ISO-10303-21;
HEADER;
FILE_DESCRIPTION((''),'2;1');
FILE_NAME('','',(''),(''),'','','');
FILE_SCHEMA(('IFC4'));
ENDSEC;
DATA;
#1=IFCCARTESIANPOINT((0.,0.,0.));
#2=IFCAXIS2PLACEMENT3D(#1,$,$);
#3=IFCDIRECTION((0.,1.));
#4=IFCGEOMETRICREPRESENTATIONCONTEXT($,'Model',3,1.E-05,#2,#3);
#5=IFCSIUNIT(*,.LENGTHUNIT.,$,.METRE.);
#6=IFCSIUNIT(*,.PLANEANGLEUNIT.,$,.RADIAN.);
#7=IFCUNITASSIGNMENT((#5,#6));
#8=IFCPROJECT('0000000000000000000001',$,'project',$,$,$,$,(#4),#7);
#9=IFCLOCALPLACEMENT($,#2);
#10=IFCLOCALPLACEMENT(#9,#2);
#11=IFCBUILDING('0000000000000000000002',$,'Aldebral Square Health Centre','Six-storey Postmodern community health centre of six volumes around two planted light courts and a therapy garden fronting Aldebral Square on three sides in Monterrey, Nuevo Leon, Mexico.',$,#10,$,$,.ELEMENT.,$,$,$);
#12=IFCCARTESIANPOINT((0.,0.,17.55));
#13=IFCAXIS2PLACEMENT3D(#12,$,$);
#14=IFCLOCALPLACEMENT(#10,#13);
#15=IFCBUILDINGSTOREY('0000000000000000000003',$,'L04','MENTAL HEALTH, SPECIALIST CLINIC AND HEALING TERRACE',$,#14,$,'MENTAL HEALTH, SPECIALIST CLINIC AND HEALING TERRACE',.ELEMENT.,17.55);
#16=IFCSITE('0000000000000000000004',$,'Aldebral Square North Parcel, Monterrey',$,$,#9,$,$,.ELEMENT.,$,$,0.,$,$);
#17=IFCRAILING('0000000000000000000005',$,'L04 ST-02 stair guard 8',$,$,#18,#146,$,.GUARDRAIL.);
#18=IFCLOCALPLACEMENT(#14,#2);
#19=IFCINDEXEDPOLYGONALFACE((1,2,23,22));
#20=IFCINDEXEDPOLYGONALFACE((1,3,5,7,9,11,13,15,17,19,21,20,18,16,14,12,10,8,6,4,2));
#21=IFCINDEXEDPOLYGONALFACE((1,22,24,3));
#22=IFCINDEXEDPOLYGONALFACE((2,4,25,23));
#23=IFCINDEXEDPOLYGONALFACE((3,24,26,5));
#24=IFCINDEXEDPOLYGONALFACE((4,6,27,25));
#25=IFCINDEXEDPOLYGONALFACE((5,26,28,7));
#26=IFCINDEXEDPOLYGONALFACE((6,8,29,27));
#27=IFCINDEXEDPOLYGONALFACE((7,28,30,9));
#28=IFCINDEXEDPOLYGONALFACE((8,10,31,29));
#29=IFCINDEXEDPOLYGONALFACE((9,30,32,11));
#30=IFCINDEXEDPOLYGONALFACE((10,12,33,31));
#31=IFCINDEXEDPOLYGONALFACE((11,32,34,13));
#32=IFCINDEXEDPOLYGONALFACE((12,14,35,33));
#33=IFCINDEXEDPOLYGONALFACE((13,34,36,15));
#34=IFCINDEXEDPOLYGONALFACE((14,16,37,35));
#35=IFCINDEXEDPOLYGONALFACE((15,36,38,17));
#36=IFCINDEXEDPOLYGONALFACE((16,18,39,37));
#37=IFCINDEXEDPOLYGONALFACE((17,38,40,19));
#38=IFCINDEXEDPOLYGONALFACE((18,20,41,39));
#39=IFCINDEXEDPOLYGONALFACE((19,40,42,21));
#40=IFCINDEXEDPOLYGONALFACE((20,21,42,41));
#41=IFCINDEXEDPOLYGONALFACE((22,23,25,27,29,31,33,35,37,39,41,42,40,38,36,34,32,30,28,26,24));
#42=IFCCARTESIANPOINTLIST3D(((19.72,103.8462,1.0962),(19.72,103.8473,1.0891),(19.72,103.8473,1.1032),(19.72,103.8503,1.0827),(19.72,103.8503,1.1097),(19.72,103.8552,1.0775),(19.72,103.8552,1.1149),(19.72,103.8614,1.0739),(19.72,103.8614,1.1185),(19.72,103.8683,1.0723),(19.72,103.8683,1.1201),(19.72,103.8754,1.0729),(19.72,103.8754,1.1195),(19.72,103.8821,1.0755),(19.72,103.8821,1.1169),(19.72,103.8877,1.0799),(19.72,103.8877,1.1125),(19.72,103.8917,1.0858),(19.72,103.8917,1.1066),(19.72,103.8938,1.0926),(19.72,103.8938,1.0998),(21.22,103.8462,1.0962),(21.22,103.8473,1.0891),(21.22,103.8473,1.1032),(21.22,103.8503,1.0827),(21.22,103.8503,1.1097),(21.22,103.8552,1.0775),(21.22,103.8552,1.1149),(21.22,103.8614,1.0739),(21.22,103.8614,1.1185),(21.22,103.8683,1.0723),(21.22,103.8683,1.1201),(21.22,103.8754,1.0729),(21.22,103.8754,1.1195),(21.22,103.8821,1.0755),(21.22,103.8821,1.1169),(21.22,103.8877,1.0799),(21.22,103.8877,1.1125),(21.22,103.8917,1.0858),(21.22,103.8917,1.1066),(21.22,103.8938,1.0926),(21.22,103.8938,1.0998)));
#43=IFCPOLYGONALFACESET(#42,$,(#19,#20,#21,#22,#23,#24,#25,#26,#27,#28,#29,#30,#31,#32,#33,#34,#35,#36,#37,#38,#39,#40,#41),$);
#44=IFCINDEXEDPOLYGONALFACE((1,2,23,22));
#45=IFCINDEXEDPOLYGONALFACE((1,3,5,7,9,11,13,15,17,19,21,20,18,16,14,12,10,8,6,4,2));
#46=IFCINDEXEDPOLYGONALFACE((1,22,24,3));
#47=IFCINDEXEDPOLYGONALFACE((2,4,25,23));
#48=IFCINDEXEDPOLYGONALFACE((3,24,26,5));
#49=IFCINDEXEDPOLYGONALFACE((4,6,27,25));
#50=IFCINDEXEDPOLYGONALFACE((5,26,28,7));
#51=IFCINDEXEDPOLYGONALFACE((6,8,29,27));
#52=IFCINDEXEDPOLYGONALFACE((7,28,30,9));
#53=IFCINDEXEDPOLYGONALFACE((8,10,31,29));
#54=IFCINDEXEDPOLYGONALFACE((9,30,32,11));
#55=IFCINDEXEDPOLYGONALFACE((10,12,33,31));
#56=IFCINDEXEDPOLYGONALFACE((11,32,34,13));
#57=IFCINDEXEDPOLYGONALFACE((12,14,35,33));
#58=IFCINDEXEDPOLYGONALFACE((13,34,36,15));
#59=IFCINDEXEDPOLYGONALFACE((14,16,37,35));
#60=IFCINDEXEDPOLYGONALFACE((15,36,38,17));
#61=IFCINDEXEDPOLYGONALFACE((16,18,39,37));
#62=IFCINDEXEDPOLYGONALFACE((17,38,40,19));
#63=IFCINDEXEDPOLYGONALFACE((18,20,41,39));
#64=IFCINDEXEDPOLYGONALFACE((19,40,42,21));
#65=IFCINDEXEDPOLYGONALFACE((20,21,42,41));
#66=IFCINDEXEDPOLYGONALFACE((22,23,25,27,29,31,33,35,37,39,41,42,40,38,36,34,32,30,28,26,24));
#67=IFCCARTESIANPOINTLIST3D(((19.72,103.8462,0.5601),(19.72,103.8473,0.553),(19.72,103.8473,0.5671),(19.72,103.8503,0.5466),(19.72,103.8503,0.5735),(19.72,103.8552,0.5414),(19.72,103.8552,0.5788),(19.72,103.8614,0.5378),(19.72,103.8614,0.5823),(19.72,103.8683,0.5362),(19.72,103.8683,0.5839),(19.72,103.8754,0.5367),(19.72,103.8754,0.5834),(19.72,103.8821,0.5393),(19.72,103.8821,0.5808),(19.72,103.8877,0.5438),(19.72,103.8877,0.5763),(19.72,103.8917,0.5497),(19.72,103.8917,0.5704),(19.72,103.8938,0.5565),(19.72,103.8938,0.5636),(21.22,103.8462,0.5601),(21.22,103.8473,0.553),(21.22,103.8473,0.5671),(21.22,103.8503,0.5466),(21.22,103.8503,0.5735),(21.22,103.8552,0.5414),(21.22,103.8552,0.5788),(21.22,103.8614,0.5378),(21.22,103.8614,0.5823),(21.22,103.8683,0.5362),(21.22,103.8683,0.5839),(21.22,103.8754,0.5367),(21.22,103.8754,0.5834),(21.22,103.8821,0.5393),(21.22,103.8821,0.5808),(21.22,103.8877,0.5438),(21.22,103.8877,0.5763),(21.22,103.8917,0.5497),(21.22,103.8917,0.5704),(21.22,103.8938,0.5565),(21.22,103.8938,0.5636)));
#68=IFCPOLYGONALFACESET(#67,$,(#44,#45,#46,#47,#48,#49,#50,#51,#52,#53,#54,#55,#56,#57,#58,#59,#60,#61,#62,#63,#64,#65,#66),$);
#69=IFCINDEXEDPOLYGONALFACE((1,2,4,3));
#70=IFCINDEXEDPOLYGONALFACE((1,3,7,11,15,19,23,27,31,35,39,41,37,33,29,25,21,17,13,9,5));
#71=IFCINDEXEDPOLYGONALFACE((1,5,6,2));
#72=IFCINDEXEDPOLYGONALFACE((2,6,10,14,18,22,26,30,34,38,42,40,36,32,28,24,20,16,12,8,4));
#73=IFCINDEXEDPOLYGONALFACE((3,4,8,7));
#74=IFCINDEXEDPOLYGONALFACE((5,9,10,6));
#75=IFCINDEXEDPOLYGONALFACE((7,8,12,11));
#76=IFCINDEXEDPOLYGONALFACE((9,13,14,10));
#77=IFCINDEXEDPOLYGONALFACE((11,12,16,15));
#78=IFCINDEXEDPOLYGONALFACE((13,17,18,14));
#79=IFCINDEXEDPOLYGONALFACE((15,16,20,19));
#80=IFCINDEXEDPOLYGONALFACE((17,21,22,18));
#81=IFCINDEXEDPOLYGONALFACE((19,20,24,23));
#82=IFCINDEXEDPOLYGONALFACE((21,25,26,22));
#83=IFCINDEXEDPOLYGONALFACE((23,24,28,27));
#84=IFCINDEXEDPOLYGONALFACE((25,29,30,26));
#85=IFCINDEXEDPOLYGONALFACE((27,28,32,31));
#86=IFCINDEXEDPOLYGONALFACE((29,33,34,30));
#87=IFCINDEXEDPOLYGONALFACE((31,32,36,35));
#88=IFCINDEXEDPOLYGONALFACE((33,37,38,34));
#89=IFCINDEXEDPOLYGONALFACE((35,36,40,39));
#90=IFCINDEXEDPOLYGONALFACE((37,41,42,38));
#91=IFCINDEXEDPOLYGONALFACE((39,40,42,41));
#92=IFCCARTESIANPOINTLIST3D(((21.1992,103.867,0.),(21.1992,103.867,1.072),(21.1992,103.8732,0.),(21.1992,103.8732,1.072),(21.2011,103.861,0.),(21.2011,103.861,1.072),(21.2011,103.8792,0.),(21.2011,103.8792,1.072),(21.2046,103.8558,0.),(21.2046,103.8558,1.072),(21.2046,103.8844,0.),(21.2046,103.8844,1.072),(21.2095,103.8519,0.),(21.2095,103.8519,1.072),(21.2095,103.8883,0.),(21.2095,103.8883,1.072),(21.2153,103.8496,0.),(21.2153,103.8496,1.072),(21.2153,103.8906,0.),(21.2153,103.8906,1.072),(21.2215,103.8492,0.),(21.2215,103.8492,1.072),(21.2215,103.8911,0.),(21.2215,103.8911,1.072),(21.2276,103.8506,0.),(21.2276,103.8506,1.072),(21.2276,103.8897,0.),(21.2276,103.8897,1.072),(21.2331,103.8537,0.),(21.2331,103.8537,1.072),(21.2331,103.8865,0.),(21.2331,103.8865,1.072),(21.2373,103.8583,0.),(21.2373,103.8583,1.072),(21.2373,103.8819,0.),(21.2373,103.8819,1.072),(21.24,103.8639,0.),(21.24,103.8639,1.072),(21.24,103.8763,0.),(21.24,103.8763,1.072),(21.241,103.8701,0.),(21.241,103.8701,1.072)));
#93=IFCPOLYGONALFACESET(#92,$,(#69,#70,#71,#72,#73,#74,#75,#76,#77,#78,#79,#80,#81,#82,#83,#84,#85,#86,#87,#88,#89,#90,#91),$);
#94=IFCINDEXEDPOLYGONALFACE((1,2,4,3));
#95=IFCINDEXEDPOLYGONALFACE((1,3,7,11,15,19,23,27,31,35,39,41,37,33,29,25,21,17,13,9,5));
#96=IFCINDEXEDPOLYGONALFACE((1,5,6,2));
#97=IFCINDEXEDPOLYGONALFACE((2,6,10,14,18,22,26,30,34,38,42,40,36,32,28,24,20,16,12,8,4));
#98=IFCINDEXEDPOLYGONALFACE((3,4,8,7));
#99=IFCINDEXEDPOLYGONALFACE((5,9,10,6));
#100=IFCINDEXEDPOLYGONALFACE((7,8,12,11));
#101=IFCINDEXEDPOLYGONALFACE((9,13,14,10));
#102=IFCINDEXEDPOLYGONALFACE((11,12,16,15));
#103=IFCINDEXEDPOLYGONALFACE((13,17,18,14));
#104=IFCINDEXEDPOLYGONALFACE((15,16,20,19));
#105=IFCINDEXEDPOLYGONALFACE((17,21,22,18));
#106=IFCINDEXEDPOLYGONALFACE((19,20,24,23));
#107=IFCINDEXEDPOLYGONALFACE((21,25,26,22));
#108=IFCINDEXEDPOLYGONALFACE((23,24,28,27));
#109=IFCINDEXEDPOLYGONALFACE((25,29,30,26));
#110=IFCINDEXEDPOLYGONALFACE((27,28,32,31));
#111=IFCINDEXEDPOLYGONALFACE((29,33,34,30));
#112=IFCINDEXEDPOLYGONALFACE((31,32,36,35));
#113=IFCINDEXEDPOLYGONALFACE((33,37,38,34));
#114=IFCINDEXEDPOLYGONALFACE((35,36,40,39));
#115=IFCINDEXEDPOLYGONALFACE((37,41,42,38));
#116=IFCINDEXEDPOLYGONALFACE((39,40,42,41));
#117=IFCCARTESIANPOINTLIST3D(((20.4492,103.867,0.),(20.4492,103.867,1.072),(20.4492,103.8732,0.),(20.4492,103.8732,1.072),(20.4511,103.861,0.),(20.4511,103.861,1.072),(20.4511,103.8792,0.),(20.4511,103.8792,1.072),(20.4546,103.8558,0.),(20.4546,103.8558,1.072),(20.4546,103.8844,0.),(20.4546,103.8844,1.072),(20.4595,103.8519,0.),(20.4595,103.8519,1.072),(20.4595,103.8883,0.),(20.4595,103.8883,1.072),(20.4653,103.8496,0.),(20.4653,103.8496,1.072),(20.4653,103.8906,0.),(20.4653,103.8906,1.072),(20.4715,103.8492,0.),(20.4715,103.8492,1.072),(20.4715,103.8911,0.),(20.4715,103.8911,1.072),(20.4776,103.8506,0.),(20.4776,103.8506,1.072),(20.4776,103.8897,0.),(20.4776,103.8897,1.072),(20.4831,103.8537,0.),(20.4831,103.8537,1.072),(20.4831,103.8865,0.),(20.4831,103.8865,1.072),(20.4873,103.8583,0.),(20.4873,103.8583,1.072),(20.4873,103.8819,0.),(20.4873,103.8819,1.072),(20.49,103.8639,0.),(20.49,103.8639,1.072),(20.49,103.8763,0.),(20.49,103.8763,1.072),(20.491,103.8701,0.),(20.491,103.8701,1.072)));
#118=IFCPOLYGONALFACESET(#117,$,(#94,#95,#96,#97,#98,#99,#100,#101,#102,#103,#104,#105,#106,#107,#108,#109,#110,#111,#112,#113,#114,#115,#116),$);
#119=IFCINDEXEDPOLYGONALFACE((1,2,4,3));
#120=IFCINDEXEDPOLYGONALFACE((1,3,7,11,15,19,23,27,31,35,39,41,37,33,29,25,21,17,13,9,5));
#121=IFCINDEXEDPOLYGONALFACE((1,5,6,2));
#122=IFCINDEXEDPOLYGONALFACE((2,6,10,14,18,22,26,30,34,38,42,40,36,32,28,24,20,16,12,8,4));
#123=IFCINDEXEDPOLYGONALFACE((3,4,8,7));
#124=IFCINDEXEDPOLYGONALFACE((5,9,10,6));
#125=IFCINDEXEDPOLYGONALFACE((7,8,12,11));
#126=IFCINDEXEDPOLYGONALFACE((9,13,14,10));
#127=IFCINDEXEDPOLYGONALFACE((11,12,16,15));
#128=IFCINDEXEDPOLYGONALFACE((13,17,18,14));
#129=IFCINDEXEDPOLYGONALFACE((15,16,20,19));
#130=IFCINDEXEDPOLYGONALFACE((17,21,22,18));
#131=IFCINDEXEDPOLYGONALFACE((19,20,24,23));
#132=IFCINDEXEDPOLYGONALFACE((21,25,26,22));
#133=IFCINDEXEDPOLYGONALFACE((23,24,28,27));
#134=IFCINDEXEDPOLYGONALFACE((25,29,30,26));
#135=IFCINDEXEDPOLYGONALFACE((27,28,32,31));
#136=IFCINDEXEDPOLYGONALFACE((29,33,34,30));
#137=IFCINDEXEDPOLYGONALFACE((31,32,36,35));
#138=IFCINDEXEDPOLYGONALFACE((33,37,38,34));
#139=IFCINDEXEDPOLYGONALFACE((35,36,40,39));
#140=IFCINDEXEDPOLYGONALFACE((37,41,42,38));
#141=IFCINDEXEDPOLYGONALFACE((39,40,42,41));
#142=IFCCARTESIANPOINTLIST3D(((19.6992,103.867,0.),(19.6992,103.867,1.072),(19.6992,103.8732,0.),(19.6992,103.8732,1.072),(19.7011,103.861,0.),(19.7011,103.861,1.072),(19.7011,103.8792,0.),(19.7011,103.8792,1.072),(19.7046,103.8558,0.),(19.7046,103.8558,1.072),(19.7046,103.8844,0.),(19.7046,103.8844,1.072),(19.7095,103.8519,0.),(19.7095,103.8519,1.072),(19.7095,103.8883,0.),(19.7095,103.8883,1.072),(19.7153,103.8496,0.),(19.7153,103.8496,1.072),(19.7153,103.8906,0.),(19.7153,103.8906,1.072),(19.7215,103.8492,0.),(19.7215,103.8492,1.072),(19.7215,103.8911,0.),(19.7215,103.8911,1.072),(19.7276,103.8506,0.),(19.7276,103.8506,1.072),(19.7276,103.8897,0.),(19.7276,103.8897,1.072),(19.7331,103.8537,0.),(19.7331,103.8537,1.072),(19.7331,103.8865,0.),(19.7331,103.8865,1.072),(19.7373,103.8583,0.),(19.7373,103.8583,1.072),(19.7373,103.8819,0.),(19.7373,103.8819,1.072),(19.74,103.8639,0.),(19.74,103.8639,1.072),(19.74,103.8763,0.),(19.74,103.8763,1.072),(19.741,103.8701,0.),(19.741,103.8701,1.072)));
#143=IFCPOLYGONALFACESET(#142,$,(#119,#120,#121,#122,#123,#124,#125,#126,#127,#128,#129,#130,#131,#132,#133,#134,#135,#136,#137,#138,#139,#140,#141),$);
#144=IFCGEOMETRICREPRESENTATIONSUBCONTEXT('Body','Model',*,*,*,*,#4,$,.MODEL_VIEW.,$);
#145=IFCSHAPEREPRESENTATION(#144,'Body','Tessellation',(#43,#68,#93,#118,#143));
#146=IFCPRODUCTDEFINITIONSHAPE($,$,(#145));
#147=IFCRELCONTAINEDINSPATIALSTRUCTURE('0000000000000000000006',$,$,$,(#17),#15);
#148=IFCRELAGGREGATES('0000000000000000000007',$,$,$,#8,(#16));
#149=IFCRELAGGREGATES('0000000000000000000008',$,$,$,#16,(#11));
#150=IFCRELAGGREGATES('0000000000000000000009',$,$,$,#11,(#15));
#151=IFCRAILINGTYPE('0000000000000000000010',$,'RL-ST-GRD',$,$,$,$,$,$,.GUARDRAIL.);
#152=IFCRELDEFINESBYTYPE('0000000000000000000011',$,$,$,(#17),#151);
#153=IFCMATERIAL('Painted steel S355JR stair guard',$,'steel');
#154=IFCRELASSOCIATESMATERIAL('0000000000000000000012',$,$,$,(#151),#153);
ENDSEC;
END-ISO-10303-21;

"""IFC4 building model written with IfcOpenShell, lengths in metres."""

from ifc_helpers import new_model, si_unit, direction, frame, origin, origin_2d, place, context, subcontext, project, spatial, circle, extrude, material, type_object, element, save


model = new_model("IFC4")

# Units and contexts
model_context = context("Model", 3, precision=1e-05, world=origin(), true_north=direction((0.0, 1.0)))
body_context = subcontext(model_context, "Body", "Model", "MODEL_VIEW")
ifc_project = project(units=[si_unit("LENGTHUNIT", "METRE"), si_unit("PLANEANGLEUNIT", "RADIAN")], contexts=[model_context])

# Site, building, storey
site_placement = place(None, origin())
site = spatial("IfcSite", under=ifc_project, at=site_placement, Name="Aldebral Square North Parcel, Monterrey", CompositionType="ELEMENT", RefElevation=0.0)
building_placement = place(site_placement, origin())
building = spatial("IfcBuilding", under=site, at=building_placement, Name="Aldebral Square Health Centre", Description="Six-storey Postmodern community health centre of six volumes around two planted light courts and a therapy garden fronting Aldebral Square on three sides in Monterrey, Nuevo Leon, Mexico.", CompositionType="ELEMENT")
storey_placement = place(building_placement, frame((0.0, 0.0, 17.55)))
storey = spatial("IfcBuildingStorey", under=building, at=storey_placement, Name="L04", Description="MENTAL HEALTH, SPECIALIST CLINIC AND HEALING TERRACE", LongName="MENTAL HEALTH, SPECIALIST CLINIC AND HEALING TERRACE", CompositionType="ELEMENT", Elevation=17.55)

# Railing
ifc_material_1 = material(Name="Painted steel S355JR stair guard", Category="steel")
railing_type_1 = type_object("IfcRailingType", Name="RL-ST-GRD", PredefinedType="GUARDRAIL", material=ifc_material_1)
for number, where, name in (
    (1, (21.22, 103.8701, 0.0), "L04 ST-02 stair guard 8"),
):
    element("IfcRailing", number, at=place(storey_placement, frame(where)), inside=storey, type_object=railing_type_1, Name=name, PredefinedType="GUARDRAIL", context=body_context, shape_type="SweptSolid", body=[
        extrude(circle(Radius=0.0239, at=origin_2d()), frame((0.0, 0.0, 1.0962), z_axis=(-1.0, 0.0, 0.0), x_axis=(0.0, -1.0, 0.0)), (0.0, 0.0, 1.0), 1.5),
        extrude(circle(Radius=0.0239, at=origin_2d()), frame((0.0, 0.0, 0.5601), z_axis=(-1.0, 0.0, 0.0), x_axis=(0.0, -1.0, 0.0)), (0.0, 0.0, 1.0), 1.5),
        extrude(circle(Radius=0.021, at=origin_2d()), origin(), (0.0, 0.0, 1.0), 1.072),
        extrude(circle(Radius=0.021, at=origin_2d()), frame((-0.75, 0.0, 0.0)), (0.0, 0.0, 1.0), 1.072),
        extrude(circle(Radius=0.021, at=origin_2d()), frame((-1.5, 0.0, 0.0)), (0.0, 0.0, 1.0), 1.072),
    ])

save(model, "model.ifc")
